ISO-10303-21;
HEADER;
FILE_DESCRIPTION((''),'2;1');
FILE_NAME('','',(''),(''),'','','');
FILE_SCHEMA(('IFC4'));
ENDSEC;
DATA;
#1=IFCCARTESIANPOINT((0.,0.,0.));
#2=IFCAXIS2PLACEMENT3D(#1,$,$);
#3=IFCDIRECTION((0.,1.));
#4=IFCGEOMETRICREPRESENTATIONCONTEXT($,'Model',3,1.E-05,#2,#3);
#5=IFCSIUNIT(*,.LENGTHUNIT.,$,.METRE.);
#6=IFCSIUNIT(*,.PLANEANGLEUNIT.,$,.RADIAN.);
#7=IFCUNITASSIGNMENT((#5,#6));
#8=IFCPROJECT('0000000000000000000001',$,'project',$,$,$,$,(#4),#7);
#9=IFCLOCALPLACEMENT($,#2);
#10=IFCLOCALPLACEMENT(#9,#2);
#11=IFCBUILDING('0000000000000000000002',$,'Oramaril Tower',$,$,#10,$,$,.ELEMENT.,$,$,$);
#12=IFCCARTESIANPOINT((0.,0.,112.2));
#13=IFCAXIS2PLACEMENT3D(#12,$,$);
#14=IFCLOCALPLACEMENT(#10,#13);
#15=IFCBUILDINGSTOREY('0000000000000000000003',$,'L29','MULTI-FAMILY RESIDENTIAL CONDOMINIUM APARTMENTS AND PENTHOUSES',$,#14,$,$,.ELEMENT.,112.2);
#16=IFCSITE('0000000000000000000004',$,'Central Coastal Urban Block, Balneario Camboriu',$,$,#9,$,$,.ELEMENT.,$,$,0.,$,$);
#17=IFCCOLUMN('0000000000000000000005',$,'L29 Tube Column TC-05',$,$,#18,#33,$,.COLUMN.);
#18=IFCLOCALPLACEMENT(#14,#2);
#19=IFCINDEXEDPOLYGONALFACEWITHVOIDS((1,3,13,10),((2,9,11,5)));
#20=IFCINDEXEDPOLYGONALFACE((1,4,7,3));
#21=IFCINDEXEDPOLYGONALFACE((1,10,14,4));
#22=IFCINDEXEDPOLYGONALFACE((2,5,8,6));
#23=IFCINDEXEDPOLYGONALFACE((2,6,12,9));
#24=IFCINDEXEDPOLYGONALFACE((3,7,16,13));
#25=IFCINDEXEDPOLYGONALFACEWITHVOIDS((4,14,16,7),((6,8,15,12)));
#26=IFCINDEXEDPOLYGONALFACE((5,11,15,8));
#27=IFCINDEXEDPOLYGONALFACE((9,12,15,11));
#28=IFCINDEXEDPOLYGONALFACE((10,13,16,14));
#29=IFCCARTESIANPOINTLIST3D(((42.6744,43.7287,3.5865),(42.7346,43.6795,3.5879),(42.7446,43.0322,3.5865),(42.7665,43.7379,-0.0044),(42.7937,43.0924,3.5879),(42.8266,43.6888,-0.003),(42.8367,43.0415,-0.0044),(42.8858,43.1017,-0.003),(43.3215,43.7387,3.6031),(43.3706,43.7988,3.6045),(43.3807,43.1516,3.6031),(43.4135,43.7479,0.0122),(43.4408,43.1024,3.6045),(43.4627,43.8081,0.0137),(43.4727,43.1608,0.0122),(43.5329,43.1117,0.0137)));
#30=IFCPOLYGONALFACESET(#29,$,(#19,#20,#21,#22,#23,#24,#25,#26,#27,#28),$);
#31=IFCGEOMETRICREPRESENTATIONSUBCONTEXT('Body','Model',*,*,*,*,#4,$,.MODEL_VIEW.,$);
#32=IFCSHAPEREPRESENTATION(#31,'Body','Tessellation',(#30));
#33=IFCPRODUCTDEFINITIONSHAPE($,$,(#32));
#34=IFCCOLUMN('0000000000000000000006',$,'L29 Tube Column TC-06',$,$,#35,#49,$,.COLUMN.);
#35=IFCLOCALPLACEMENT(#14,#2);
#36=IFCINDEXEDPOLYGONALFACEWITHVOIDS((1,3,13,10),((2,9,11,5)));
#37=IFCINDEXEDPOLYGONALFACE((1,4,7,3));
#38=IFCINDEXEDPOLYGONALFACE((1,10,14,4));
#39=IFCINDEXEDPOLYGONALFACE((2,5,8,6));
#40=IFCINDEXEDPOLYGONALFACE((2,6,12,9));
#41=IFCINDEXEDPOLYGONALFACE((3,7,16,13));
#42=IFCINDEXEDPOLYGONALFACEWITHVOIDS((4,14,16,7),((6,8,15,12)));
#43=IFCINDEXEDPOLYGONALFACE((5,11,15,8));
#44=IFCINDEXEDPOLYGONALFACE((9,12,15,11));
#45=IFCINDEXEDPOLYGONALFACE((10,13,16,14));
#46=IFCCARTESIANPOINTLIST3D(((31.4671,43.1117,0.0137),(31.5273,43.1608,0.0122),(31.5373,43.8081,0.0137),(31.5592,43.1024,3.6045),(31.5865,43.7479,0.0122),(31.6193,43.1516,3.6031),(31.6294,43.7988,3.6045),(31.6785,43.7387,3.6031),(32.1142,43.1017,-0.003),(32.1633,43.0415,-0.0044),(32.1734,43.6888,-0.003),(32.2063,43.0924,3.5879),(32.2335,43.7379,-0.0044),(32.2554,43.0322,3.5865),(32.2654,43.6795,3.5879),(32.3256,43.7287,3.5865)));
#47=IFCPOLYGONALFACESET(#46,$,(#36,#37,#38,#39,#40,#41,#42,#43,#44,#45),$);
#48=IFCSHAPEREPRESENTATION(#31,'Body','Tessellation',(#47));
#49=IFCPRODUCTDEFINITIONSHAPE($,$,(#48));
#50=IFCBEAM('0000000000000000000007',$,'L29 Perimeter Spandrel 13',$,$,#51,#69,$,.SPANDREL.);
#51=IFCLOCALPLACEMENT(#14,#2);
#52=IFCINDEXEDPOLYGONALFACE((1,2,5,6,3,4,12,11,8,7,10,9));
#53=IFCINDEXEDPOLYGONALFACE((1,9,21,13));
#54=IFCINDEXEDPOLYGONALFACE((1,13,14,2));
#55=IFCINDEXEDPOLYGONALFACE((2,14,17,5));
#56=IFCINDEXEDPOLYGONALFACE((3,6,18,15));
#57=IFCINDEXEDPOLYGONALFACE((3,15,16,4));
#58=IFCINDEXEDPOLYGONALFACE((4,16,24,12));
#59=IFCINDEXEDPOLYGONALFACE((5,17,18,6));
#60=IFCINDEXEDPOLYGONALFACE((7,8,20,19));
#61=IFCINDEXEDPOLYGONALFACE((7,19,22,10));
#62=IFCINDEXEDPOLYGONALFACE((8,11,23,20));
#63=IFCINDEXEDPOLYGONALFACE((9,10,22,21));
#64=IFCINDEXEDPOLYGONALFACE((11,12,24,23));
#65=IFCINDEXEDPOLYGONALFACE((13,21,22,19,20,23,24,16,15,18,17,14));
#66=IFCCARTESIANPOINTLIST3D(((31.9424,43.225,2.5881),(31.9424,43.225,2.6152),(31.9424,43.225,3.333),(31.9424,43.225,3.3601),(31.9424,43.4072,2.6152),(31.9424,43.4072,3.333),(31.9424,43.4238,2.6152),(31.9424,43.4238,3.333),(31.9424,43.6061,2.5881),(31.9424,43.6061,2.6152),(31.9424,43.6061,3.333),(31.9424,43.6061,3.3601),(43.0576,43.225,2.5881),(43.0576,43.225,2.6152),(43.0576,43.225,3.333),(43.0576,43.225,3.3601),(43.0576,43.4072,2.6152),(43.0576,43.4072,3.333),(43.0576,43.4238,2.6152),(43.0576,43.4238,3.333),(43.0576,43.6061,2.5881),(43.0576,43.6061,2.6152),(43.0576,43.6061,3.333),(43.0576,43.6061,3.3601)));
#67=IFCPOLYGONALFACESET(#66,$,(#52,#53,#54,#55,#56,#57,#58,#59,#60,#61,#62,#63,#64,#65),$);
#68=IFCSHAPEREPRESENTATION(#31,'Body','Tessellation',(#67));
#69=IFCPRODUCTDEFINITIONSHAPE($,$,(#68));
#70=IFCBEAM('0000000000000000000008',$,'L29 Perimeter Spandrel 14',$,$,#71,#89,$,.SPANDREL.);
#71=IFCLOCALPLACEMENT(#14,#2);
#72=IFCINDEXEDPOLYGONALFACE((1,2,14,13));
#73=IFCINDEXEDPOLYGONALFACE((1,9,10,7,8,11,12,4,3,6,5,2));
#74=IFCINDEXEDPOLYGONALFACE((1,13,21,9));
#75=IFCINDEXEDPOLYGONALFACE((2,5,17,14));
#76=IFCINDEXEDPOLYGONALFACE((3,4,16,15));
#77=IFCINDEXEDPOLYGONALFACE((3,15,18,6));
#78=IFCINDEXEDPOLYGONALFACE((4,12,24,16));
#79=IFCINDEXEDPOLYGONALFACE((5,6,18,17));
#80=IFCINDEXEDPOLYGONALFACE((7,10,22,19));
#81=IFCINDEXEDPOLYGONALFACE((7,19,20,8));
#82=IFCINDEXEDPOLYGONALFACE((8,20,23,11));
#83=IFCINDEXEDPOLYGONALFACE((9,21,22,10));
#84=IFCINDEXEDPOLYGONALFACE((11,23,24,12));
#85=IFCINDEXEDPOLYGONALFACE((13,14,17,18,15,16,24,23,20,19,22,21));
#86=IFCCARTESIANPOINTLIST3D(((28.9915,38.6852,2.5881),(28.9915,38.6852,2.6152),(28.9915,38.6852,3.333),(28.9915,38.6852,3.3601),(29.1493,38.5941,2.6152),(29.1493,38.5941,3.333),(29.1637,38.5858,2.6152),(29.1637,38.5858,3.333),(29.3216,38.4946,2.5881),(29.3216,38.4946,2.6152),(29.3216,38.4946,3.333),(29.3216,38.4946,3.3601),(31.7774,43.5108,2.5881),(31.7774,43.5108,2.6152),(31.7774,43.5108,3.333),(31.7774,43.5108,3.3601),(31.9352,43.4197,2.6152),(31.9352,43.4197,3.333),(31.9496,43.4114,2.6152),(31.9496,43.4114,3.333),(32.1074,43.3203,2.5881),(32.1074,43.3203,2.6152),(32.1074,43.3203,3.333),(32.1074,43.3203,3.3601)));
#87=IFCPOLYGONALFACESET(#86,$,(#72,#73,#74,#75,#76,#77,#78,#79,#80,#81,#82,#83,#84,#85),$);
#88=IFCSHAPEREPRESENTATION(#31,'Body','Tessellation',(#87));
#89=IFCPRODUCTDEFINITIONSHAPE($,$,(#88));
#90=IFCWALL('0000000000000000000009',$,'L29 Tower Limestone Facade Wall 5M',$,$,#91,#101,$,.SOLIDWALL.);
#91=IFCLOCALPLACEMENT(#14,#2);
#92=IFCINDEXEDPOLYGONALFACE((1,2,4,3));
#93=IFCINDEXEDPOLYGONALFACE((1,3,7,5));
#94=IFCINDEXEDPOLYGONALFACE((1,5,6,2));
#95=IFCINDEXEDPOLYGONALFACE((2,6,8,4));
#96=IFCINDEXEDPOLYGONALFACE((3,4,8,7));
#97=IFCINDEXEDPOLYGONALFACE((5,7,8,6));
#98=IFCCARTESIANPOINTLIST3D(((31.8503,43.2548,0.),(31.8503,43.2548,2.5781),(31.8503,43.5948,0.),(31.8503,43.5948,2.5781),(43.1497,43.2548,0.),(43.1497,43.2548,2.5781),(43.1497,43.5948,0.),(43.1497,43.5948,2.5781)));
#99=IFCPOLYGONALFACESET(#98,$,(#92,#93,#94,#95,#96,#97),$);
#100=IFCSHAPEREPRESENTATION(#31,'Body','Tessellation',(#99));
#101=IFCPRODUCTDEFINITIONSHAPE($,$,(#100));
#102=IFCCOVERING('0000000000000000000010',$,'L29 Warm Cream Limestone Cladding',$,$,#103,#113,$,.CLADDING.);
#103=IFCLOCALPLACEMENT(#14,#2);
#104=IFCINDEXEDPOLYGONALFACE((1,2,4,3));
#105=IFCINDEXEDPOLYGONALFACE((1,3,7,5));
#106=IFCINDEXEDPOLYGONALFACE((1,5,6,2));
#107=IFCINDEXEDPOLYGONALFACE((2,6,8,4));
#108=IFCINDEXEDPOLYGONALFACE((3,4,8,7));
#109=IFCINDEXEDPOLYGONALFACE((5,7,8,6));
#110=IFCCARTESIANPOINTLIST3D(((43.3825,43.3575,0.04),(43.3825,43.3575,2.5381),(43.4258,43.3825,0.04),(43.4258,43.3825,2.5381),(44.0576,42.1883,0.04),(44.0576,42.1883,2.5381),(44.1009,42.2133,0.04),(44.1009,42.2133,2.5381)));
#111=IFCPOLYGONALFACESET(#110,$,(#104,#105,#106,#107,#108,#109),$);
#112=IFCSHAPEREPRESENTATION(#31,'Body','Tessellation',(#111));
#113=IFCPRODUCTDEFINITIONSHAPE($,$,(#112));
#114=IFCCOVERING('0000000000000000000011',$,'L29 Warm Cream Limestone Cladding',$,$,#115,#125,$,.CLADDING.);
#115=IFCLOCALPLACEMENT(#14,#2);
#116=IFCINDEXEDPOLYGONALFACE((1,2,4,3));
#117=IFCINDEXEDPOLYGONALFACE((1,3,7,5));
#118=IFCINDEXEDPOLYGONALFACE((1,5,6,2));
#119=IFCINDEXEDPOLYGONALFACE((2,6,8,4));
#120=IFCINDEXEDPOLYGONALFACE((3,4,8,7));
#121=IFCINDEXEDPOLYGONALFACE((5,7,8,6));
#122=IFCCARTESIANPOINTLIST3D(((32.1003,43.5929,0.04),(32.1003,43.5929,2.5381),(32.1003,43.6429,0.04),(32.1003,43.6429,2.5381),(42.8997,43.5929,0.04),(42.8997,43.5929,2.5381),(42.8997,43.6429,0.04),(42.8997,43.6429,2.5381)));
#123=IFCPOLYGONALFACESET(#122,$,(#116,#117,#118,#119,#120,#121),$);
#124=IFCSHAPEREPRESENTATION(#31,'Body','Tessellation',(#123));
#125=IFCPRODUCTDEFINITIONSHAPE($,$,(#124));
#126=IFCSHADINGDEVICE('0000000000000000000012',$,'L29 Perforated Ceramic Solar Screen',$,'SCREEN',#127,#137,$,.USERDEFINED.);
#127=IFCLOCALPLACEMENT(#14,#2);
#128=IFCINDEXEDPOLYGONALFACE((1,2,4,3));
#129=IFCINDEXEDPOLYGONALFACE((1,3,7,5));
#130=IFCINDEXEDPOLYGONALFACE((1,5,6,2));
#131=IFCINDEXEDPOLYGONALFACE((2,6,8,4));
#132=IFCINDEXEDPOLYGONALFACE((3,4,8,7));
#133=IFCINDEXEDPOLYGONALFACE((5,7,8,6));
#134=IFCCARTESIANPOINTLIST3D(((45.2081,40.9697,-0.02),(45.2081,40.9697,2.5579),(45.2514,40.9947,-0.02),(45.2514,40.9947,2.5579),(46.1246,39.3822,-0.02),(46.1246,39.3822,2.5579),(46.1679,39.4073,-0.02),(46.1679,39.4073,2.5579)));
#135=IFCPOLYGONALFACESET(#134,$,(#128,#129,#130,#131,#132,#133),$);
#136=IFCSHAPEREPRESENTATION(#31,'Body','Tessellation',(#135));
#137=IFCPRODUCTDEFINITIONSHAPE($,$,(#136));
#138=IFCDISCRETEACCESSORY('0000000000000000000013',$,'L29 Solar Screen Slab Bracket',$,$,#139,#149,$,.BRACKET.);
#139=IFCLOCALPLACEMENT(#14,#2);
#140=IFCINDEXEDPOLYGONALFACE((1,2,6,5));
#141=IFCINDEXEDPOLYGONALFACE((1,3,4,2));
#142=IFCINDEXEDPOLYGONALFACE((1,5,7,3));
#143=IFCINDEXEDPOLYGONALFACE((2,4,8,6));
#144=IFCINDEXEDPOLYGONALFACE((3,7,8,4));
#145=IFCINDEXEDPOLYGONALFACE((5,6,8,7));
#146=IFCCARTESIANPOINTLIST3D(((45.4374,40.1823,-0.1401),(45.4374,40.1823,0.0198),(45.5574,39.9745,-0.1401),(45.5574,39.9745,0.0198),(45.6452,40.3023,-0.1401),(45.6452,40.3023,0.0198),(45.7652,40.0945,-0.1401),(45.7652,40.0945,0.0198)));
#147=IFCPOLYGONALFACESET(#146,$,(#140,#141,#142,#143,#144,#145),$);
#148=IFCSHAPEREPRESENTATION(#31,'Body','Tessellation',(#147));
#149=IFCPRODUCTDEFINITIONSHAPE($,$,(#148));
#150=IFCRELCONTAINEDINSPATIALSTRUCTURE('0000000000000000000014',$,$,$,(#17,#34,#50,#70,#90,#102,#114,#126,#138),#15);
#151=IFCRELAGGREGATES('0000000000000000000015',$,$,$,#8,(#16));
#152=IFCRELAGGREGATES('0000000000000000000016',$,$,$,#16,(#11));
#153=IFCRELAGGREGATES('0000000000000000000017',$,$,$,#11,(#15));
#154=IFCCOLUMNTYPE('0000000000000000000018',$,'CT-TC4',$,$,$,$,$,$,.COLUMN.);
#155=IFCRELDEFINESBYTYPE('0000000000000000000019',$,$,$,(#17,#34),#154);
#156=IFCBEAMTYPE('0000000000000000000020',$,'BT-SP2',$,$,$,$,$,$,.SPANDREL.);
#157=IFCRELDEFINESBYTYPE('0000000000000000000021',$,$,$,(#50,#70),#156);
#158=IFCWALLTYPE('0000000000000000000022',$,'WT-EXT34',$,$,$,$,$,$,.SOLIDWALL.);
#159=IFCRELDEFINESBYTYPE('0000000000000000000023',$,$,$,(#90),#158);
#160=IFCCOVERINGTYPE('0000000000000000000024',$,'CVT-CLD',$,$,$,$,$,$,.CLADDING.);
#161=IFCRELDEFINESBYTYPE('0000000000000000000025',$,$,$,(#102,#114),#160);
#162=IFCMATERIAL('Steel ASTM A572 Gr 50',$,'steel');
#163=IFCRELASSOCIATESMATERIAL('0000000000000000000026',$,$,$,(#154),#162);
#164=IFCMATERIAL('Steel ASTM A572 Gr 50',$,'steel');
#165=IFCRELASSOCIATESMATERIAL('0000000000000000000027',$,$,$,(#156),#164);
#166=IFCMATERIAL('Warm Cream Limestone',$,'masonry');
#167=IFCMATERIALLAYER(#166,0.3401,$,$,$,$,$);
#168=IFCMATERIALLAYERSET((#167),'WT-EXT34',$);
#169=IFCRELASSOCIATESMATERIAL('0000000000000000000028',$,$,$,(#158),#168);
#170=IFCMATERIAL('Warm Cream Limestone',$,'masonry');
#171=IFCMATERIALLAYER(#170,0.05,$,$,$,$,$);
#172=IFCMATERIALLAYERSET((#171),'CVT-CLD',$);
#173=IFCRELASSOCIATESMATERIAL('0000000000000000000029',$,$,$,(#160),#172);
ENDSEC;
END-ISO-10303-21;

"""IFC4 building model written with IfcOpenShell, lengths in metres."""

from ifc_helpers import new_model, si_unit, direction, frame, frame_2d, origin, origin_2d, place, context, subcontext, project, spatial, rectangle, hollow_rectangle, i_section, extrude, material, layer, layer_set, material_profile, profile_set, type_object, element, save


model = new_model("IFC4")

# Units and contexts
model_context = context("Model", 3, precision=1e-05, world=origin(), true_north=direction((0.0, 1.0)))
body_context = subcontext(model_context, "Body", "Model", "MODEL_VIEW")
ifc_project = project(units=[si_unit("LENGTHUNIT", "METRE"), si_unit("PLANEANGLEUNIT", "RADIAN")], contexts=[model_context])

# Site, building, storey
site_placement = place(None, origin())
site = spatial("IfcSite", under=ifc_project, at=site_placement, Name="Central Coastal Urban Block, Balneario Camboriu", CompositionType="ELEMENT", RefElevation=0.0)
building_placement = place(site_placement, origin())
building = spatial("IfcBuilding", under=site, at=building_placement, Name="Oramaril Tower", CompositionType="ELEMENT")
storey_placement = place(building_placement, frame((0.0, 0.0, 112.2)))
storey = spatial("IfcBuildingStorey", under=building, at=storey_placement, Name="L29", Description="MULTI-FAMILY RESIDENTIAL CONDOMINIUM APARTMENTS AND PENTHOUSES", CompositionType="ELEMENT", Elevation=112.2)

# Columns
ifc_material_1 = material(Name="Steel ASTM A572 Gr 50", Category="steel")
ifc_material_profile_1 = material_profile(ifc_material_1, hollow_rectangle(XDim=0.7, YDim=0.7, WallThickness=0.0549, at=origin_2d()), Name="BOX700X700X55")
ifc_profile_set_1 = profile_set([ifc_material_profile_1], Name="Steel ASTM A572 Gr 50")
column_type = type_object("IfcColumnType", Name="CT-TC4", PredefinedType="COLUMN", material=ifc_profile_set_1)
for number, where, z_axis, x_axis, name in (
    (1, (43.1497, 43.4248, 0.0046), (-0.025624, -0.002583, 0.999668), (0.100288, -0.994958, 0.0), "L29 Tube Column TC-05"),
    (2, (31.8503, 43.4248, 0.0046), (0.025624, -0.002583, 0.999668), (0.100288, 0.994958, 0.0), "L29 Tube Column TC-06"),
):
    element("IfcColumn", number, at=place(storey_placement, frame(where, z_axis=z_axis, x_axis=x_axis)), inside=storey, type_object=column_type, Name=name, PredefinedType="COLUMN", context=body_context, shape_type="SweptSolid", body=[
        extrude(hollow_rectangle(XDim=0.7, YDim=0.7, WallThickness=0.0549, at=origin_2d()), origin(), (0.0, 0.0, 1.0), 3.592),
    ])

# Beams
ifc_material_2 = material(Name="Steel ASTM A572 Gr 50", Category="steel")
ifc_material_profile_2 = material_profile(ifc_material_2, i_section(OverallWidth=0.3811, OverallDepth=0.772, WebThickness=0.0166, FlangeThickness=0.0271, at=origin_2d()), Name="W30X173")
ifc_profile_set_2 = profile_set([ifc_material_profile_2], Name="Steel ASTM A572 Gr 50")
beam_type = type_object("IfcBeamType", Name="BT-SP2", PredefinedType="SPANDREL", material=ifc_profile_set_2)
beam_1_placement = place(storey_placement, frame((43.0576, 43.4155, 2.9741), z_axis=(-1.0, 0.0, 0.0), x_axis=(0.0, -1.0, 0.0)))
element("IfcBeam", 3, at=beam_1_placement, inside=storey, type_object=beam_type, Name="L29 Perimeter Spandrel 13", PredefinedType="SPANDREL", context=body_context, shape_type="SweptSolid", body=[
    extrude(i_section(OverallWidth=0.3811, OverallDepth=0.772, WebThickness=0.0166, FlangeThickness=0.0271, at=origin_2d()), origin(), (0.0, 0.0, 1.0), 11.1152),
])
beam_2_placement = place(storey_placement, frame((31.9424, 43.4155, 2.9741), z_axis=(-0.49997, -0.866043, 0.0), x_axis=(0.866043, -0.49997, 0.0)))
element("IfcBeam", 4, at=beam_2_placement, inside=storey, type_object=beam_type, Name="L29 Perimeter Spandrel 14", PredefinedType="SPANDREL", context=body_context, shape_type="SweptSolid", body=[
    extrude(i_section(OverallWidth=0.3811, OverallDepth=0.772, WebThickness=0.0166, FlangeThickness=0.0271, at=origin_2d()), origin(), (0.0, 0.0, 1.0), 5.572),
])

# Wall
ifc_material_3 = material(Name="Warm Cream Limestone", Category="masonry")
ifc_layer_1 = layer(ifc_material_3, 0.3401)
ifc_layer_set_1 = layer_set([ifc_layer_1], Name="WT-EXT34")
wall_type = type_object("IfcWallType", Name="WT-EXT34", PredefinedType="SOLIDWALL", material=ifc_layer_set_1)
wall_1_placement = place(storey_placement, frame((43.1497, 43.4248, 0.0), z_axis=(0.0, 0.0, 1.0), x_axis=(-1.0, 0.0, 0.0)))
element("IfcWall", 5, at=wall_1_placement, inside=storey, type_object=wall_type, Name="L29 Tower Limestone Facade Wall 5M", PredefinedType="SOLIDWALL", context=body_context, shape_type="SweptSolid", body=[
    extrude(rectangle(XDim=11.2993, YDim=0.3401, at=frame_2d((5.6497, 0.0))), origin(), (0.0, 0.0, 1.0), 2.5781),
])

# Coverings
ifc_material_4 = material(Name="Warm Cream Limestone", Category="masonry")
ifc_layer_2 = layer(ifc_material_4, 0.05)
ifc_layer_set_2 = layer_set([ifc_layer_2], Name="CVT-CLD")
covering_type = type_object("IfcCoveringType", Name="CVT-CLD", PredefinedType="CLADDING", material=ifc_layer_set_2)
covering_1_placement = place(storey_placement, frame((43.7417, 42.7854, 0.04), z_axis=(0.0, 0.0, 1.0), x_axis=(-0.5, 0.866025, 0.0)))
element("IfcCovering", 6, at=covering_1_placement, inside=storey, type_object=covering_type, Name="L29 Warm Cream Limestone Cladding", PredefinedType="CLADDING", context=body_context, shape_type="SweptSolid", body=[
    extrude(rectangle(XDim=1.3501, YDim=0.05, at=origin_2d()), origin(), (0.0, 0.0, 1.0), 2.498),
])
covering_2_placement = place(storey_placement, frame((37.5, 43.6179, 0.04), z_axis=(0.0, 0.0, 1.0), x_axis=(-1.0, 0.0, 0.0)))
element("IfcCovering", 7, at=covering_2_placement, inside=storey, type_object=covering_type, Name="L29 Warm Cream Limestone Cladding", PredefinedType="CLADDING", context=body_context, shape_type="SweptSolid", body=[
    extrude(rectangle(XDim=10.7993, YDim=0.05, at=origin_2d()), origin(), (0.0, 0.0, 1.0), 2.498),
])

# Shading device
shading_device_placement = place(storey_placement, frame((45.688, 40.1885, -0.02), z_axis=(0.0, 0.0, 1.0), x_axis=(-0.5, 0.866025, 0.0)))
element("IfcShadingDevice", 8, at=shading_device_placement, inside=storey, Name="L29 Perforated Ceramic Solar Screen", ObjectType="SCREEN", PredefinedType="USERDEFINED", context=body_context, shape_type="SweptSolid", body=[
    extrude(rectangle(XDim=1.833, YDim=0.05, at=origin_2d()), origin(), (0.0, 0.0, 1.0), 2.5779),
])

# Discrete accessory
discrete_accessory_placement = place(storey_placement, frame((45.6013, 40.1384, -0.1401), z_axis=(0.0, 0.0, 1.0), x_axis=(-0.5, 0.866025, 0.0)))
element("IfcDiscreteAccessory", 9, at=discrete_accessory_placement, inside=storey, Name="L29 Solar Screen Slab Bracket", PredefinedType="BRACKET", context=body_context, shape_type="SweptSolid", body=[
    extrude(rectangle(XDim=0.24, YDim=0.24, at=origin_2d()), origin(), (0.0, 0.0, 1.0), 0.1599),
])

save(model, "model.ifc")
